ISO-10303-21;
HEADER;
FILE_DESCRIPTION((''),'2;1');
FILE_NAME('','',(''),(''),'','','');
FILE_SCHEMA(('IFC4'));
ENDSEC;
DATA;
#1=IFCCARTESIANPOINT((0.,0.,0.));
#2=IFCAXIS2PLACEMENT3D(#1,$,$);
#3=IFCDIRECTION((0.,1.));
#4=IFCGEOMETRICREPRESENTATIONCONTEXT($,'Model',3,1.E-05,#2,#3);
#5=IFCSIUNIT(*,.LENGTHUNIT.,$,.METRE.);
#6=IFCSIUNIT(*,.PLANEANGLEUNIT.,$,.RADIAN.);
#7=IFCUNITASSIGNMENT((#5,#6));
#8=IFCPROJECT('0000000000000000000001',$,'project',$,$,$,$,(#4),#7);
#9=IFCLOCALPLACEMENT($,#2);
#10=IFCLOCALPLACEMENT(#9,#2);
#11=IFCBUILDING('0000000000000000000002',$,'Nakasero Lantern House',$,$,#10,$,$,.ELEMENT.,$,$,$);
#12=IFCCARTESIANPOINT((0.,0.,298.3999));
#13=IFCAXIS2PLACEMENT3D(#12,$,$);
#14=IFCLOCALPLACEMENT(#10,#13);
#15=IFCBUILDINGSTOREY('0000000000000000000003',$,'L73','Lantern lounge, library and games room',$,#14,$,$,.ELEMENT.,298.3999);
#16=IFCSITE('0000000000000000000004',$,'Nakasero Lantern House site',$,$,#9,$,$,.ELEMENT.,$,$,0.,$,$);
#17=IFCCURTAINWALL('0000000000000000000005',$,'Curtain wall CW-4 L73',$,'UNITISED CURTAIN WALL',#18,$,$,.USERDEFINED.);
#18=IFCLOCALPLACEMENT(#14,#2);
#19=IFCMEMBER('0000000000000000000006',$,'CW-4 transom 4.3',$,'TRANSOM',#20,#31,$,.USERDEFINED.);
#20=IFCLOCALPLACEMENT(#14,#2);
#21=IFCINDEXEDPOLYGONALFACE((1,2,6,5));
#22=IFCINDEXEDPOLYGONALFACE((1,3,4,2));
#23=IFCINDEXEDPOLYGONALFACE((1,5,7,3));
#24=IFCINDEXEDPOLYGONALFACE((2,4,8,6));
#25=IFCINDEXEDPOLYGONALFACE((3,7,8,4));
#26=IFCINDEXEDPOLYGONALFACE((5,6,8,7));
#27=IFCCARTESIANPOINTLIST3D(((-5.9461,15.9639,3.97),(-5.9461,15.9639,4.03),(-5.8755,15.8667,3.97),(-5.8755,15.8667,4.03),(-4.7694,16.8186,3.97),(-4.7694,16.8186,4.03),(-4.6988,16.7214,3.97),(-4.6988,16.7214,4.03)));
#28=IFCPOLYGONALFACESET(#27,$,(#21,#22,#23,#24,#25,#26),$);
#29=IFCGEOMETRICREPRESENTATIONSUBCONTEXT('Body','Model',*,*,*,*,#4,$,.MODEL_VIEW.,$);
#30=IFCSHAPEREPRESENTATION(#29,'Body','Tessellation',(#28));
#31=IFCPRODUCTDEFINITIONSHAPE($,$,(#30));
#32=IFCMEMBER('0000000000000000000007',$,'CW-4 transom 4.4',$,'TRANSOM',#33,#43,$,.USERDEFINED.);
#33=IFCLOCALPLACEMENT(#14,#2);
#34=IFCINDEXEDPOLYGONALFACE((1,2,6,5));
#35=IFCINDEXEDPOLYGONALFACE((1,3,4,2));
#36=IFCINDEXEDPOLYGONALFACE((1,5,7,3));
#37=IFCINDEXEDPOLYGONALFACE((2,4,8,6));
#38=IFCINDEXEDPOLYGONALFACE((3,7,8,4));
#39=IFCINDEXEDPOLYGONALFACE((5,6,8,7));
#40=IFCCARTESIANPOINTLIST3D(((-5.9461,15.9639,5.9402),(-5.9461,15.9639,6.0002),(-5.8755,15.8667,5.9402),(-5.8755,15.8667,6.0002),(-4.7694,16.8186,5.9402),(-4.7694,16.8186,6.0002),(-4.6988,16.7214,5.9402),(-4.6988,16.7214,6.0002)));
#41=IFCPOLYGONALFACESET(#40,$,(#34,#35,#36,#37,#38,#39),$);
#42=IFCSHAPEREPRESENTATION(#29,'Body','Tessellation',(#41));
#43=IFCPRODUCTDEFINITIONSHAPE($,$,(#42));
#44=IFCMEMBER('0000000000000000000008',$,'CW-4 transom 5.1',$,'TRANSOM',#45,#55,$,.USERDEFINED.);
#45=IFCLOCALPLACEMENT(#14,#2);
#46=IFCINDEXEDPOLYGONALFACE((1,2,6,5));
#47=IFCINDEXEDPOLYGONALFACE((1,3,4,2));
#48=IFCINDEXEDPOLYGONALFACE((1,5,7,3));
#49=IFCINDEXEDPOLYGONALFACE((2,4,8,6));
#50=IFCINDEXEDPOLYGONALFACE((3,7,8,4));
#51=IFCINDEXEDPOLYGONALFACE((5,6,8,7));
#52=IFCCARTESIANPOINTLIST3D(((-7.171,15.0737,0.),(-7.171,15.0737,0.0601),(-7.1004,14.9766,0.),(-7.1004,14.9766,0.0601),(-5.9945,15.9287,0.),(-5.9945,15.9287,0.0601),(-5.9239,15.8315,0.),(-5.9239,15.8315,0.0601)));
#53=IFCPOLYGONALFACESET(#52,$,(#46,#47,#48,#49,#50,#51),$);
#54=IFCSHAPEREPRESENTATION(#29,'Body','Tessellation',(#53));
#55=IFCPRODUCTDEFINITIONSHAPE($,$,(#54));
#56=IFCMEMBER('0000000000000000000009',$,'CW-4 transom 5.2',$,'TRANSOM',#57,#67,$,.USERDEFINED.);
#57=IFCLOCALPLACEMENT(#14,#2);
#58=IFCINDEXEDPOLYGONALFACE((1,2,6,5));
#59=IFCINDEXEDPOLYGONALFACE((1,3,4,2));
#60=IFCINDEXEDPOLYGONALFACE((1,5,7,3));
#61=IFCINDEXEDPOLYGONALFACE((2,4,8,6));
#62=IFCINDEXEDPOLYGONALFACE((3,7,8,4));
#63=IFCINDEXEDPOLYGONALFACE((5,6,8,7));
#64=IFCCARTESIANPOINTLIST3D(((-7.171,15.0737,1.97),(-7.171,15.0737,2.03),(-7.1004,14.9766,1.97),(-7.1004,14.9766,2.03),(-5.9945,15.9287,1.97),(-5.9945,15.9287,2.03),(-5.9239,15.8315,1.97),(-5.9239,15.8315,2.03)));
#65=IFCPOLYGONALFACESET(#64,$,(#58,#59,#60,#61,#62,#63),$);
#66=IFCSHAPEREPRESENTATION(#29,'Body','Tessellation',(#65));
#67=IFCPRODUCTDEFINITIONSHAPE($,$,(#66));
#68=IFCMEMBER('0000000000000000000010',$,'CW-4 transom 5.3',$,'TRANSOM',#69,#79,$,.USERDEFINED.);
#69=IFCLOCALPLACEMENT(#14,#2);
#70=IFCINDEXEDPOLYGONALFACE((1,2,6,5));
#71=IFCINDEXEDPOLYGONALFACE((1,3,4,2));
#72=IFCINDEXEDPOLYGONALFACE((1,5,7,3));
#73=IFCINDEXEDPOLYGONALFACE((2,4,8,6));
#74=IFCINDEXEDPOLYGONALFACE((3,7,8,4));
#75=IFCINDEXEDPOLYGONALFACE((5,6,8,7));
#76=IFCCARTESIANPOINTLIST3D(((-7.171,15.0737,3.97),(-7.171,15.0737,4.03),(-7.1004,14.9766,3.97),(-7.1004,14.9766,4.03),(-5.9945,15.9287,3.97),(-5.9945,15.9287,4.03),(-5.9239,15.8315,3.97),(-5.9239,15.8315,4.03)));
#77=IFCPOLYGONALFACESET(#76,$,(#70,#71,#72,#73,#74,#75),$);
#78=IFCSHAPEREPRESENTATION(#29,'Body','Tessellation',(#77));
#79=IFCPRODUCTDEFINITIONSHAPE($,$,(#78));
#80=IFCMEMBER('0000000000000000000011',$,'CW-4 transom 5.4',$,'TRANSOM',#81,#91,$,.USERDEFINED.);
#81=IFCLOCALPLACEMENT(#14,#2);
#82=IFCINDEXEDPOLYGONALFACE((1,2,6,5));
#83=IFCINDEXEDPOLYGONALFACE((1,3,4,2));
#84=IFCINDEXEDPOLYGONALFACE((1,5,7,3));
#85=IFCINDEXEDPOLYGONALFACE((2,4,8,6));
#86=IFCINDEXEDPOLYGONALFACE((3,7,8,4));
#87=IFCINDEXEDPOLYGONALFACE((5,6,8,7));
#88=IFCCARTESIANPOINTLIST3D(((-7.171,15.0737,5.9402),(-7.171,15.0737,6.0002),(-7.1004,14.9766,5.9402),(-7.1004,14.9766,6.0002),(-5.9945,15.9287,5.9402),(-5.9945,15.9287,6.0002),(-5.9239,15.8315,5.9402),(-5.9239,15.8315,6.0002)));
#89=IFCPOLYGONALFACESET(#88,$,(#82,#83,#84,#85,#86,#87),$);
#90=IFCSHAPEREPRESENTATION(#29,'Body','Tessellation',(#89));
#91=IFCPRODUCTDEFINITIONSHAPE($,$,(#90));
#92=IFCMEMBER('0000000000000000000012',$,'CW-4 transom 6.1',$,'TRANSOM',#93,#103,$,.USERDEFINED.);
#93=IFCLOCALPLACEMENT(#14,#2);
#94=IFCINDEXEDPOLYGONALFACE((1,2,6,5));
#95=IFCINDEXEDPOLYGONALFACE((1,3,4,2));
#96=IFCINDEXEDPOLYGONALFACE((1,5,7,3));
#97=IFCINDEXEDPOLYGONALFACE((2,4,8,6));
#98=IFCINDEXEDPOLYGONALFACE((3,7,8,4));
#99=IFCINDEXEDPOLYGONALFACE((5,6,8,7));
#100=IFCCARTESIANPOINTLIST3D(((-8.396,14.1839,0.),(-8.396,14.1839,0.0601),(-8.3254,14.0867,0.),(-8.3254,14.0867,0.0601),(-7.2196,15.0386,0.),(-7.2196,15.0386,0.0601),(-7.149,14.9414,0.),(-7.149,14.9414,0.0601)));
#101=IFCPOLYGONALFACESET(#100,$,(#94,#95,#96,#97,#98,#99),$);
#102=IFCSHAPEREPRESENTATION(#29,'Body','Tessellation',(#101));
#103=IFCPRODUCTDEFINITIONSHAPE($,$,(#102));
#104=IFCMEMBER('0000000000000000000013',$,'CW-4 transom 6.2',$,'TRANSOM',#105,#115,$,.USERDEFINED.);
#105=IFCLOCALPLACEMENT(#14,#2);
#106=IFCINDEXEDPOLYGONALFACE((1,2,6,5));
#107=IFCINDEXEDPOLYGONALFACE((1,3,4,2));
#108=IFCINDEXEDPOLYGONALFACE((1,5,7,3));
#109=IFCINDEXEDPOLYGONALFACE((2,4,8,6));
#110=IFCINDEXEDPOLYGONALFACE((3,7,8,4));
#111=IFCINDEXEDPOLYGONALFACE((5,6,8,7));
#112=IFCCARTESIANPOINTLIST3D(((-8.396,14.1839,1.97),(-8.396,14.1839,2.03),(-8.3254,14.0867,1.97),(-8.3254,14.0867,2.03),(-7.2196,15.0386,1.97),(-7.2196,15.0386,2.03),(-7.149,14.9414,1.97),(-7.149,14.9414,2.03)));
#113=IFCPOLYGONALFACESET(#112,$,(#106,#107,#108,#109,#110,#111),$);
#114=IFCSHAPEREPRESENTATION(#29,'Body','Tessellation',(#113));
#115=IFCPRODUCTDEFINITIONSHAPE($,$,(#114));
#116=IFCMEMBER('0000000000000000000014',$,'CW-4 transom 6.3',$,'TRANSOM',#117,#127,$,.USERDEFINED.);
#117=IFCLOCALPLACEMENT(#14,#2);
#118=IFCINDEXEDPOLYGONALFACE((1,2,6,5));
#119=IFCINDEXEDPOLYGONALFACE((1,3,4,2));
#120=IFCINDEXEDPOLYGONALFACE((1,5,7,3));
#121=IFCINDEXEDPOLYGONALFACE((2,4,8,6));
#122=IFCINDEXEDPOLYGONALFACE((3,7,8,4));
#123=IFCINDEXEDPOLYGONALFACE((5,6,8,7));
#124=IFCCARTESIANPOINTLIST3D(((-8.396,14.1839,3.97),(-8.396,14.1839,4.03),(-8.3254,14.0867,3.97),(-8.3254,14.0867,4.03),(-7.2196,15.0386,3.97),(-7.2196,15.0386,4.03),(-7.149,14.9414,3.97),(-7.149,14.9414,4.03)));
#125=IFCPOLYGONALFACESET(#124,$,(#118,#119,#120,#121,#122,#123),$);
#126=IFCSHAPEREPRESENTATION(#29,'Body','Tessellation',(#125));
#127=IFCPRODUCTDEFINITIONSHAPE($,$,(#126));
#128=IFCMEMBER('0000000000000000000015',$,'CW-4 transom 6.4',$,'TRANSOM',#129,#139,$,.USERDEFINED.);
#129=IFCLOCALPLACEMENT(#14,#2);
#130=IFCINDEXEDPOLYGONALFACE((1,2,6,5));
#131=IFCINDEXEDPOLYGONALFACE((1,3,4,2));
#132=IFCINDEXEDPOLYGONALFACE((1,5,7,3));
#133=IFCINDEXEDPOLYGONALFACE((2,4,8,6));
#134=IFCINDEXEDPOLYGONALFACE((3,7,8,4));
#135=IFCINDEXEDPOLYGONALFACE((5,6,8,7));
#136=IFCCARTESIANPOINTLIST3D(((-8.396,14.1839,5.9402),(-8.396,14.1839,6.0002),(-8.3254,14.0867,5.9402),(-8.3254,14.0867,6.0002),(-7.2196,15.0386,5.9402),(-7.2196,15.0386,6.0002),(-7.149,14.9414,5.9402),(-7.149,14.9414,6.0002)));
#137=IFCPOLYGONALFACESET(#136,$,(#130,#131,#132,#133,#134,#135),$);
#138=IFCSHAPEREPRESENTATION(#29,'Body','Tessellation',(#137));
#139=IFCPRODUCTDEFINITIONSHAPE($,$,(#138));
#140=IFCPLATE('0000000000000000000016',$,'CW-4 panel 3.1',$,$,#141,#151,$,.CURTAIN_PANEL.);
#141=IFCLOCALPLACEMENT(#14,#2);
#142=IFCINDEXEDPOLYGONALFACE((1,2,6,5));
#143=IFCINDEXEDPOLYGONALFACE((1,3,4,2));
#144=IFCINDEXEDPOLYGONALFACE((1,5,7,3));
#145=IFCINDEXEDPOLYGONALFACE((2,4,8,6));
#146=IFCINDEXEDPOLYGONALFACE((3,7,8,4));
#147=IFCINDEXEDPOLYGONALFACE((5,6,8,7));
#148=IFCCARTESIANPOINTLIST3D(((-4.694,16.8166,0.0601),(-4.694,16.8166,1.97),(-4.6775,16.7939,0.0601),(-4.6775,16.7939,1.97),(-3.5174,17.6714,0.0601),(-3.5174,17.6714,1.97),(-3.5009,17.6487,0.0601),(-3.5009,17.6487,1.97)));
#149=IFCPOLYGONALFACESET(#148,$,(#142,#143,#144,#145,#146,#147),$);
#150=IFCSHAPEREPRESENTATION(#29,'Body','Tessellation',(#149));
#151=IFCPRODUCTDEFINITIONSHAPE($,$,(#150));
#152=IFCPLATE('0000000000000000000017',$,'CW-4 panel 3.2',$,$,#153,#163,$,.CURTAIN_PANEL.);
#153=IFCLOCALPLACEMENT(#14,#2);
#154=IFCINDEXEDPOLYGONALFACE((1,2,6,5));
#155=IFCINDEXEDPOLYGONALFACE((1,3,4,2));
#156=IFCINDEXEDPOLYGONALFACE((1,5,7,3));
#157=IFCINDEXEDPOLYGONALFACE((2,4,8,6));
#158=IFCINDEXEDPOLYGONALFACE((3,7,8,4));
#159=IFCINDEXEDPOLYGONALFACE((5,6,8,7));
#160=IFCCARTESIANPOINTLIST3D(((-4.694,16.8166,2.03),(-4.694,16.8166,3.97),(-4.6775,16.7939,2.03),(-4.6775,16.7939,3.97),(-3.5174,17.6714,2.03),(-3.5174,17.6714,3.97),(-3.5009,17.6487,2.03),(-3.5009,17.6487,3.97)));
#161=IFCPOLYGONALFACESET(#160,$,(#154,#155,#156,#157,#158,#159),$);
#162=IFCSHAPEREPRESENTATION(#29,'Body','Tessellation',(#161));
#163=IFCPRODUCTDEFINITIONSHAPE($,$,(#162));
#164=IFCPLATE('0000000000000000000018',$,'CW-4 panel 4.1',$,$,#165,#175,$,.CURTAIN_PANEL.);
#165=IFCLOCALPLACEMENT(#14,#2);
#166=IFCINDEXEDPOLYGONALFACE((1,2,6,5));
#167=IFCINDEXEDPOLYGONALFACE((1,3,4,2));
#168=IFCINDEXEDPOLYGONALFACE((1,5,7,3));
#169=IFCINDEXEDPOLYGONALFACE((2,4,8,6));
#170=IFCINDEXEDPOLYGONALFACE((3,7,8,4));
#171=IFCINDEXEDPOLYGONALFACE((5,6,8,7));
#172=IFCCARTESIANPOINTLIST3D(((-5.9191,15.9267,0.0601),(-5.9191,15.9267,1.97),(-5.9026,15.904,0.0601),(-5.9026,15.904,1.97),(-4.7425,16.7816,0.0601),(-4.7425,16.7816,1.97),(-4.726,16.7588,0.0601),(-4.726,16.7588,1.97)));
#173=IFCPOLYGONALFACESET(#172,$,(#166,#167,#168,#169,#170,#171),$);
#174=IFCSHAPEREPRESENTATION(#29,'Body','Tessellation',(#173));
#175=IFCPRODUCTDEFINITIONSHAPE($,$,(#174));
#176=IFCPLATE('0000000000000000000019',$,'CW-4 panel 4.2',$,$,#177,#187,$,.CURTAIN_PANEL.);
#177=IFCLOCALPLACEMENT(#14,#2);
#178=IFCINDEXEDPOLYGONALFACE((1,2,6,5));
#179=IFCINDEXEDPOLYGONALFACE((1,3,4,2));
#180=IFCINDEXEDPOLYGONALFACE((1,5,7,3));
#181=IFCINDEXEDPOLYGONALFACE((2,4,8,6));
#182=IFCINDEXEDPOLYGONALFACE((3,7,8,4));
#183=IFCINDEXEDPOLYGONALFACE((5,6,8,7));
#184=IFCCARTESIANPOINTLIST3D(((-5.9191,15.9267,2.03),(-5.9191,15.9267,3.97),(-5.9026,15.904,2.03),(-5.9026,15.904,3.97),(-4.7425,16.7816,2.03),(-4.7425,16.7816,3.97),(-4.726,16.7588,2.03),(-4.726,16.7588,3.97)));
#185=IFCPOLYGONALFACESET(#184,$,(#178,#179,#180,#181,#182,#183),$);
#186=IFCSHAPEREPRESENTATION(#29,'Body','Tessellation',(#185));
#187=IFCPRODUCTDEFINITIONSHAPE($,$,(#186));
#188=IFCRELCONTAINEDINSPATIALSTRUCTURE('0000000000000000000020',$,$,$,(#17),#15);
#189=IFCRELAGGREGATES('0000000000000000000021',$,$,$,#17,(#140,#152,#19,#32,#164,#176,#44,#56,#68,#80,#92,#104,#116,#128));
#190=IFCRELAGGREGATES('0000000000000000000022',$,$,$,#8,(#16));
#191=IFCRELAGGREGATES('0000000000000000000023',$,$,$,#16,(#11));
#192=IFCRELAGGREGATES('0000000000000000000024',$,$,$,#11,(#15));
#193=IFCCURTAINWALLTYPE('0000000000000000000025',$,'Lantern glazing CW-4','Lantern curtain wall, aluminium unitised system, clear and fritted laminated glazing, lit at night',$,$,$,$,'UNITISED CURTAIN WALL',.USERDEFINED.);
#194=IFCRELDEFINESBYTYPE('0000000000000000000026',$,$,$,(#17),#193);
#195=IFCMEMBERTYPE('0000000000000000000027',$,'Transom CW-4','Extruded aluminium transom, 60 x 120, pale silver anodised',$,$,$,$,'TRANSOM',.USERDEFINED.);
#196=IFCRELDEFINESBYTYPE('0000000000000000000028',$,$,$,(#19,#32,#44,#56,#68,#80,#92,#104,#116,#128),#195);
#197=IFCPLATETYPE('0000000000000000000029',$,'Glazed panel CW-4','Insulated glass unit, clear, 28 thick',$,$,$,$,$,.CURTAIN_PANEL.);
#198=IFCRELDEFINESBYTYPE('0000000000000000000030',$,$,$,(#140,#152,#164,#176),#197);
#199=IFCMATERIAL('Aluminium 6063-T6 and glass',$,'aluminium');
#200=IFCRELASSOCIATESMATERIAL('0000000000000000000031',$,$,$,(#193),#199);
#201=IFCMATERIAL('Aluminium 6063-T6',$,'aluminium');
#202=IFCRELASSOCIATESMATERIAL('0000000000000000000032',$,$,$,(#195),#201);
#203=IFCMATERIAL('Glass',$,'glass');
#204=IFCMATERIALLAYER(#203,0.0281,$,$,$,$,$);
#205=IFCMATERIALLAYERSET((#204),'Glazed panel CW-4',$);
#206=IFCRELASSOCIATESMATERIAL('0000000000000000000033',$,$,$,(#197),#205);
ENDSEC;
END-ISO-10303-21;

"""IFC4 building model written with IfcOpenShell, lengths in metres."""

from ifc_helpers import new_model, si_unit, direction, frame, origin, origin_2d, place, context, subcontext, project, spatial, rectangle, extrude, material, layer, layer_set, material_profile, profile_set, type_object, element, aggregate, save


model = new_model("IFC4")

# Units and contexts
model_context = context("Model", 3, precision=1e-05, world=origin(), true_north=direction((0.0, 1.0)))
body_context = subcontext(model_context, "Body", "Model", "MODEL_VIEW")
ifc_project = project(units=[si_unit("LENGTHUNIT", "METRE"), si_unit("PLANEANGLEUNIT", "RADIAN")], contexts=[model_context])

# Site, building, storey
site_placement = place(None, origin())
site = spatial("IfcSite", under=ifc_project, at=site_placement, Name="Nakasero Lantern House site", CompositionType="ELEMENT", RefElevation=0.0)
building_placement = place(site_placement, origin())
building = spatial("IfcBuilding", under=site, at=building_placement, Name="Nakasero Lantern House", CompositionType="ELEMENT")
storey_placement = place(building_placement, frame((0.0, 0.0, 298.3999)))
storey = spatial("IfcBuildingStorey", under=building, at=storey_placement, Name="L73", Description="Lantern lounge, library and games room", CompositionType="ELEMENT", Elevation=298.3999)

# Curtain wall
ifc_material_1 = material(Name="Aluminium 6063-T6 and glass", Category="aluminium")
curtain_wall_type = type_object("IfcCurtainWallType", Name="Lantern glazing CW-4", Description="Lantern curtain wall, aluminium unitised system, clear and fritted laminated glazing, lit at night", ElementType="UNITISED CURTAIN WALL", PredefinedType="USERDEFINED", material=ifc_material_1)
curtain_wall_placement = place(storey_placement, origin())
curtain_wall = element("IfcCurtainWall", 1, at=curtain_wall_placement, inside=storey, type_object=curtain_wall_type, Name="Curtain wall CW-4 L73", ObjectType="UNITISED CURTAIN WALL", PredefinedType="USERDEFINED")

# Members
ifc_material_2 = material(Name="Aluminium 6063-T6", Category="aluminium")
ifc_material_profile_1 = material_profile(ifc_material_2, rectangle(XDim=0.0601, YDim=0.1201, at=origin_2d()), Name="CW-4 transom 60x120")
ifc_profile_set_1 = profile_set([ifc_material_profile_1], Name="Aluminium 6063-T6")
member_type_1 = type_object("IfcMemberType", Name="Transom CW-4", Description="Extruded aluminium transom, 60 x 120, pale silver anodised", ElementType="TRANSOM", PredefinedType="USERDEFINED", material=ifc_profile_set_1)
member_1_placement = place(storey_placement, frame((-4.7341, 16.77, 4.0), z_axis=(-0.809092, -0.587683, 0.0), x_axis=(0.0, 0.0, 1.0)))
member_1 = element("IfcMember", 2, at=member_1_placement, type_object=member_type_1, Name="CW-4 transom 4.3", ObjectType="TRANSOM", PredefinedType="USERDEFINED", context=body_context, shape_type="SweptSolid", body=[
    extrude(rectangle(XDim=0.0601, YDim=0.1201, at=origin_2d()), origin(), (0.0, 0.0, 1.0), 1.4543),
])
member_2_placement = place(storey_placement, frame((-4.7341, 16.77, 5.9702), z_axis=(-0.809092, -0.587683, 0.0), x_axis=(0.0, 0.0, 1.0)))
member_2 = element("IfcMember", 3, at=member_2_placement, type_object=member_type_1, Name="CW-4 transom 4.4", ObjectType="TRANSOM", PredefinedType="USERDEFINED", context=body_context, shape_type="SweptSolid", body=[
    extrude(rectangle(XDim=0.0601, YDim=0.1201, at=origin_2d()), origin(), (0.0, 0.0, 1.0), 1.4543),
])
member_3_placement = place(storey_placement, frame((-5.9592, 15.8801, 0.03), z_axis=(-0.808954, -0.587872, 0.0), x_axis=(0.0, 0.0, 1.0)))
member_3 = element("IfcMember", 4, at=member_3_placement, type_object=member_type_1, Name="CW-4 transom 5.1", ObjectType="TRANSOM", PredefinedType="USERDEFINED", context=body_context, shape_type="SweptSolid", body=[
    extrude(rectangle(XDim=0.0601, YDim=0.1201, at=origin_2d()), origin(), (0.0, 0.0, 1.0), 1.4543),
])
member_4_placement = place(storey_placement, frame((-5.9592, 15.8801, 2.0), z_axis=(-0.808954, -0.587872, 0.0), x_axis=(0.0, 0.0, 1.0)))
member_4 = element("IfcMember", 5, at=member_4_placement, type_object=member_type_1, Name="CW-4 transom 5.2", ObjectType="TRANSOM", PredefinedType="USERDEFINED", context=body_context, shape_type="SweptSolid", body=[
    extrude(rectangle(XDim=0.0601, YDim=0.1201, at=origin_2d()), origin(), (0.0, 0.0, 1.0), 1.4543),
])
member_5_placement = place(storey_placement, frame((-5.9592, 15.8801, 4.0), z_axis=(-0.808954, -0.587872, 0.0), x_axis=(0.0, 0.0, 1.0)))
member_5 = element("IfcMember", 6, at=member_5_placement, type_object=member_type_1, Name="CW-4 transom 5.3", ObjectType="TRANSOM", PredefinedType="USERDEFINED", context=body_context, shape_type="SweptSolid", body=[
    extrude(rectangle(XDim=0.0601, YDim=0.1201, at=origin_2d()), origin(), (0.0, 0.0, 1.0), 1.4543),
])
member_6_placement = place(storey_placement, frame((-5.9592, 15.8801, 5.9702), z_axis=(-0.808954, -0.587872, 0.0), x_axis=(0.0, 0.0, 1.0)))
member_6 = element("IfcMember", 7, at=member_6_placement, type_object=member_type_1, Name="CW-4 transom 5.4", ObjectType="TRANSOM", PredefinedType="USERDEFINED", context=body_context, shape_type="SweptSolid", body=[
    extrude(rectangle(XDim=0.0601, YDim=0.1201, at=origin_2d()), origin(), (0.0, 0.0, 1.0), 1.4543),
])
member_7_placement = place(storey_placement, frame((-7.1843, 14.99, 0.03), z_axis=(-0.809034, -0.587762, 0.0), x_axis=(0.0, 0.0, 1.0)))
member_7 = element("IfcMember", 8, at=member_7_placement, type_object=member_type_1, Name="CW-4 transom 6.1", ObjectType="TRANSOM", PredefinedType="USERDEFINED", context=body_context, shape_type="SweptSolid", body=[
    extrude(rectangle(XDim=0.0601, YDim=0.1201, at=origin_2d()), origin(), (0.0, 0.0, 1.0), 1.4541),
])
member_8_placement = place(storey_placement, frame((-7.1843, 14.99, 2.0), z_axis=(-0.809034, -0.587762, 0.0), x_axis=(0.0, 0.0, 1.0)))
member_8 = element("IfcMember", 9, at=member_8_placement, type_object=member_type_1, Name="CW-4 transom 6.2", ObjectType="TRANSOM", PredefinedType="USERDEFINED", context=body_context, shape_type="SweptSolid", body=[
    extrude(rectangle(XDim=0.0601, YDim=0.1201, at=origin_2d()), origin(), (0.0, 0.0, 1.0), 1.4541),
])
member_9_placement = place(storey_placement, frame((-7.1843, 14.99, 4.0), z_axis=(-0.809034, -0.587762, 0.0), x_axis=(0.0, 0.0, 1.0)))
member_9 = element("IfcMember", 10, at=member_9_placement, type_object=member_type_1, Name="CW-4 transom 6.3", ObjectType="TRANSOM", PredefinedType="USERDEFINED", context=body_context, shape_type="SweptSolid", body=[
    extrude(rectangle(XDim=0.0601, YDim=0.1201, at=origin_2d()), origin(), (0.0, 0.0, 1.0), 1.4541),
])
member_10_placement = place(storey_placement, frame((-7.1843, 14.99, 5.9702), z_axis=(-0.809034, -0.587762, 0.0), x_axis=(0.0, 0.0, 1.0)))
member_10 = element("IfcMember", 11, at=member_10_placement, type_object=member_type_1, Name="CW-4 transom 6.4", ObjectType="TRANSOM", PredefinedType="USERDEFINED", context=body_context, shape_type="SweptSolid", body=[
    extrude(rectangle(XDim=0.0601, YDim=0.1201, at=origin_2d()), origin(), (0.0, 0.0, 1.0), 1.4541),
])

# Plates
ifc_material_3 = material(Name="Glass", Category="glass")
ifc_layer = layer(ifc_material_3, 0.0281)
ifc_layer_set = layer_set([ifc_layer], Name="Glazed panel CW-4")
plate_type = type_object("IfcPlateType", Name="Glazed panel CW-4", Description="Insulated glass unit, clear, 28 thick", PredefinedType="CURTAIN_PANEL", material=ifc_layer_set)
plate_1_placement = place(storey_placement, frame((-4.0974, 17.2327, 0.0601), z_axis=(0.0, 0.0, 1.0), x_axis=(-0.809017, -0.587785, 0.0)))
plate_1 = element("IfcPlate", 12, at=plate_1_placement, type_object=plate_type, Name="CW-4 panel 3.1", PredefinedType="CURTAIN_PANEL", context=body_context, shape_type="SweptSolid", body=[
    extrude(rectangle(XDim=1.4543, YDim=0.0281, at=origin_2d()), origin(), (0.0, 0.0, 1.0), 1.9099),
])
plate_2_placement = place(storey_placement, frame((-4.0974, 17.2327, 2.03), z_axis=(0.0, 0.0, 1.0), x_axis=(-0.809017, -0.587785, 0.0)))
plate_2 = element("IfcPlate", 13, at=plate_2_placement, type_object=plate_type, Name="CW-4 panel 3.2", PredefinedType="CURTAIN_PANEL", context=body_context, shape_type="SweptSolid", body=[
    extrude(rectangle(XDim=1.4543, YDim=0.0281, at=origin_2d()), origin(), (0.0, 0.0, 1.0), 1.9399),
])
plate_3_placement = place(storey_placement, frame((-5.3225, 16.3428, 0.0601), z_axis=(0.0, 0.0, 1.0), x_axis=(-0.809017, -0.587785, 0.0)))
plate_3 = element("IfcPlate", 14, at=plate_3_placement, type_object=plate_type, Name="CW-4 panel 4.1", PredefinedType="CURTAIN_PANEL", context=body_context, shape_type="SweptSolid", body=[
    extrude(rectangle(XDim=1.4543, YDim=0.0281, at=origin_2d()), origin(), (0.0, 0.0, 1.0), 1.9099),
])
plate_4_placement = place(storey_placement, frame((-5.3225, 16.3428, 2.03), z_axis=(0.0, 0.0, 1.0), x_axis=(-0.809017, -0.587785, 0.0)))
plate_4 = element("IfcPlate", 15, at=plate_4_placement, type_object=plate_type, Name="CW-4 panel 4.2", PredefinedType="CURTAIN_PANEL", context=body_context, shape_type="SweptSolid", body=[
    extrude(rectangle(XDim=1.4543, YDim=0.0281, at=origin_2d()), origin(), (0.0, 0.0, 1.0), 1.9399),
])
aggregate(curtain_wall, [plate_1, plate_2, member_1, member_2, plate_3, plate_4, member_3, member_4, member_5, member_6, member_7, member_8, member_9, member_10])

save(model, "model.ifc")
